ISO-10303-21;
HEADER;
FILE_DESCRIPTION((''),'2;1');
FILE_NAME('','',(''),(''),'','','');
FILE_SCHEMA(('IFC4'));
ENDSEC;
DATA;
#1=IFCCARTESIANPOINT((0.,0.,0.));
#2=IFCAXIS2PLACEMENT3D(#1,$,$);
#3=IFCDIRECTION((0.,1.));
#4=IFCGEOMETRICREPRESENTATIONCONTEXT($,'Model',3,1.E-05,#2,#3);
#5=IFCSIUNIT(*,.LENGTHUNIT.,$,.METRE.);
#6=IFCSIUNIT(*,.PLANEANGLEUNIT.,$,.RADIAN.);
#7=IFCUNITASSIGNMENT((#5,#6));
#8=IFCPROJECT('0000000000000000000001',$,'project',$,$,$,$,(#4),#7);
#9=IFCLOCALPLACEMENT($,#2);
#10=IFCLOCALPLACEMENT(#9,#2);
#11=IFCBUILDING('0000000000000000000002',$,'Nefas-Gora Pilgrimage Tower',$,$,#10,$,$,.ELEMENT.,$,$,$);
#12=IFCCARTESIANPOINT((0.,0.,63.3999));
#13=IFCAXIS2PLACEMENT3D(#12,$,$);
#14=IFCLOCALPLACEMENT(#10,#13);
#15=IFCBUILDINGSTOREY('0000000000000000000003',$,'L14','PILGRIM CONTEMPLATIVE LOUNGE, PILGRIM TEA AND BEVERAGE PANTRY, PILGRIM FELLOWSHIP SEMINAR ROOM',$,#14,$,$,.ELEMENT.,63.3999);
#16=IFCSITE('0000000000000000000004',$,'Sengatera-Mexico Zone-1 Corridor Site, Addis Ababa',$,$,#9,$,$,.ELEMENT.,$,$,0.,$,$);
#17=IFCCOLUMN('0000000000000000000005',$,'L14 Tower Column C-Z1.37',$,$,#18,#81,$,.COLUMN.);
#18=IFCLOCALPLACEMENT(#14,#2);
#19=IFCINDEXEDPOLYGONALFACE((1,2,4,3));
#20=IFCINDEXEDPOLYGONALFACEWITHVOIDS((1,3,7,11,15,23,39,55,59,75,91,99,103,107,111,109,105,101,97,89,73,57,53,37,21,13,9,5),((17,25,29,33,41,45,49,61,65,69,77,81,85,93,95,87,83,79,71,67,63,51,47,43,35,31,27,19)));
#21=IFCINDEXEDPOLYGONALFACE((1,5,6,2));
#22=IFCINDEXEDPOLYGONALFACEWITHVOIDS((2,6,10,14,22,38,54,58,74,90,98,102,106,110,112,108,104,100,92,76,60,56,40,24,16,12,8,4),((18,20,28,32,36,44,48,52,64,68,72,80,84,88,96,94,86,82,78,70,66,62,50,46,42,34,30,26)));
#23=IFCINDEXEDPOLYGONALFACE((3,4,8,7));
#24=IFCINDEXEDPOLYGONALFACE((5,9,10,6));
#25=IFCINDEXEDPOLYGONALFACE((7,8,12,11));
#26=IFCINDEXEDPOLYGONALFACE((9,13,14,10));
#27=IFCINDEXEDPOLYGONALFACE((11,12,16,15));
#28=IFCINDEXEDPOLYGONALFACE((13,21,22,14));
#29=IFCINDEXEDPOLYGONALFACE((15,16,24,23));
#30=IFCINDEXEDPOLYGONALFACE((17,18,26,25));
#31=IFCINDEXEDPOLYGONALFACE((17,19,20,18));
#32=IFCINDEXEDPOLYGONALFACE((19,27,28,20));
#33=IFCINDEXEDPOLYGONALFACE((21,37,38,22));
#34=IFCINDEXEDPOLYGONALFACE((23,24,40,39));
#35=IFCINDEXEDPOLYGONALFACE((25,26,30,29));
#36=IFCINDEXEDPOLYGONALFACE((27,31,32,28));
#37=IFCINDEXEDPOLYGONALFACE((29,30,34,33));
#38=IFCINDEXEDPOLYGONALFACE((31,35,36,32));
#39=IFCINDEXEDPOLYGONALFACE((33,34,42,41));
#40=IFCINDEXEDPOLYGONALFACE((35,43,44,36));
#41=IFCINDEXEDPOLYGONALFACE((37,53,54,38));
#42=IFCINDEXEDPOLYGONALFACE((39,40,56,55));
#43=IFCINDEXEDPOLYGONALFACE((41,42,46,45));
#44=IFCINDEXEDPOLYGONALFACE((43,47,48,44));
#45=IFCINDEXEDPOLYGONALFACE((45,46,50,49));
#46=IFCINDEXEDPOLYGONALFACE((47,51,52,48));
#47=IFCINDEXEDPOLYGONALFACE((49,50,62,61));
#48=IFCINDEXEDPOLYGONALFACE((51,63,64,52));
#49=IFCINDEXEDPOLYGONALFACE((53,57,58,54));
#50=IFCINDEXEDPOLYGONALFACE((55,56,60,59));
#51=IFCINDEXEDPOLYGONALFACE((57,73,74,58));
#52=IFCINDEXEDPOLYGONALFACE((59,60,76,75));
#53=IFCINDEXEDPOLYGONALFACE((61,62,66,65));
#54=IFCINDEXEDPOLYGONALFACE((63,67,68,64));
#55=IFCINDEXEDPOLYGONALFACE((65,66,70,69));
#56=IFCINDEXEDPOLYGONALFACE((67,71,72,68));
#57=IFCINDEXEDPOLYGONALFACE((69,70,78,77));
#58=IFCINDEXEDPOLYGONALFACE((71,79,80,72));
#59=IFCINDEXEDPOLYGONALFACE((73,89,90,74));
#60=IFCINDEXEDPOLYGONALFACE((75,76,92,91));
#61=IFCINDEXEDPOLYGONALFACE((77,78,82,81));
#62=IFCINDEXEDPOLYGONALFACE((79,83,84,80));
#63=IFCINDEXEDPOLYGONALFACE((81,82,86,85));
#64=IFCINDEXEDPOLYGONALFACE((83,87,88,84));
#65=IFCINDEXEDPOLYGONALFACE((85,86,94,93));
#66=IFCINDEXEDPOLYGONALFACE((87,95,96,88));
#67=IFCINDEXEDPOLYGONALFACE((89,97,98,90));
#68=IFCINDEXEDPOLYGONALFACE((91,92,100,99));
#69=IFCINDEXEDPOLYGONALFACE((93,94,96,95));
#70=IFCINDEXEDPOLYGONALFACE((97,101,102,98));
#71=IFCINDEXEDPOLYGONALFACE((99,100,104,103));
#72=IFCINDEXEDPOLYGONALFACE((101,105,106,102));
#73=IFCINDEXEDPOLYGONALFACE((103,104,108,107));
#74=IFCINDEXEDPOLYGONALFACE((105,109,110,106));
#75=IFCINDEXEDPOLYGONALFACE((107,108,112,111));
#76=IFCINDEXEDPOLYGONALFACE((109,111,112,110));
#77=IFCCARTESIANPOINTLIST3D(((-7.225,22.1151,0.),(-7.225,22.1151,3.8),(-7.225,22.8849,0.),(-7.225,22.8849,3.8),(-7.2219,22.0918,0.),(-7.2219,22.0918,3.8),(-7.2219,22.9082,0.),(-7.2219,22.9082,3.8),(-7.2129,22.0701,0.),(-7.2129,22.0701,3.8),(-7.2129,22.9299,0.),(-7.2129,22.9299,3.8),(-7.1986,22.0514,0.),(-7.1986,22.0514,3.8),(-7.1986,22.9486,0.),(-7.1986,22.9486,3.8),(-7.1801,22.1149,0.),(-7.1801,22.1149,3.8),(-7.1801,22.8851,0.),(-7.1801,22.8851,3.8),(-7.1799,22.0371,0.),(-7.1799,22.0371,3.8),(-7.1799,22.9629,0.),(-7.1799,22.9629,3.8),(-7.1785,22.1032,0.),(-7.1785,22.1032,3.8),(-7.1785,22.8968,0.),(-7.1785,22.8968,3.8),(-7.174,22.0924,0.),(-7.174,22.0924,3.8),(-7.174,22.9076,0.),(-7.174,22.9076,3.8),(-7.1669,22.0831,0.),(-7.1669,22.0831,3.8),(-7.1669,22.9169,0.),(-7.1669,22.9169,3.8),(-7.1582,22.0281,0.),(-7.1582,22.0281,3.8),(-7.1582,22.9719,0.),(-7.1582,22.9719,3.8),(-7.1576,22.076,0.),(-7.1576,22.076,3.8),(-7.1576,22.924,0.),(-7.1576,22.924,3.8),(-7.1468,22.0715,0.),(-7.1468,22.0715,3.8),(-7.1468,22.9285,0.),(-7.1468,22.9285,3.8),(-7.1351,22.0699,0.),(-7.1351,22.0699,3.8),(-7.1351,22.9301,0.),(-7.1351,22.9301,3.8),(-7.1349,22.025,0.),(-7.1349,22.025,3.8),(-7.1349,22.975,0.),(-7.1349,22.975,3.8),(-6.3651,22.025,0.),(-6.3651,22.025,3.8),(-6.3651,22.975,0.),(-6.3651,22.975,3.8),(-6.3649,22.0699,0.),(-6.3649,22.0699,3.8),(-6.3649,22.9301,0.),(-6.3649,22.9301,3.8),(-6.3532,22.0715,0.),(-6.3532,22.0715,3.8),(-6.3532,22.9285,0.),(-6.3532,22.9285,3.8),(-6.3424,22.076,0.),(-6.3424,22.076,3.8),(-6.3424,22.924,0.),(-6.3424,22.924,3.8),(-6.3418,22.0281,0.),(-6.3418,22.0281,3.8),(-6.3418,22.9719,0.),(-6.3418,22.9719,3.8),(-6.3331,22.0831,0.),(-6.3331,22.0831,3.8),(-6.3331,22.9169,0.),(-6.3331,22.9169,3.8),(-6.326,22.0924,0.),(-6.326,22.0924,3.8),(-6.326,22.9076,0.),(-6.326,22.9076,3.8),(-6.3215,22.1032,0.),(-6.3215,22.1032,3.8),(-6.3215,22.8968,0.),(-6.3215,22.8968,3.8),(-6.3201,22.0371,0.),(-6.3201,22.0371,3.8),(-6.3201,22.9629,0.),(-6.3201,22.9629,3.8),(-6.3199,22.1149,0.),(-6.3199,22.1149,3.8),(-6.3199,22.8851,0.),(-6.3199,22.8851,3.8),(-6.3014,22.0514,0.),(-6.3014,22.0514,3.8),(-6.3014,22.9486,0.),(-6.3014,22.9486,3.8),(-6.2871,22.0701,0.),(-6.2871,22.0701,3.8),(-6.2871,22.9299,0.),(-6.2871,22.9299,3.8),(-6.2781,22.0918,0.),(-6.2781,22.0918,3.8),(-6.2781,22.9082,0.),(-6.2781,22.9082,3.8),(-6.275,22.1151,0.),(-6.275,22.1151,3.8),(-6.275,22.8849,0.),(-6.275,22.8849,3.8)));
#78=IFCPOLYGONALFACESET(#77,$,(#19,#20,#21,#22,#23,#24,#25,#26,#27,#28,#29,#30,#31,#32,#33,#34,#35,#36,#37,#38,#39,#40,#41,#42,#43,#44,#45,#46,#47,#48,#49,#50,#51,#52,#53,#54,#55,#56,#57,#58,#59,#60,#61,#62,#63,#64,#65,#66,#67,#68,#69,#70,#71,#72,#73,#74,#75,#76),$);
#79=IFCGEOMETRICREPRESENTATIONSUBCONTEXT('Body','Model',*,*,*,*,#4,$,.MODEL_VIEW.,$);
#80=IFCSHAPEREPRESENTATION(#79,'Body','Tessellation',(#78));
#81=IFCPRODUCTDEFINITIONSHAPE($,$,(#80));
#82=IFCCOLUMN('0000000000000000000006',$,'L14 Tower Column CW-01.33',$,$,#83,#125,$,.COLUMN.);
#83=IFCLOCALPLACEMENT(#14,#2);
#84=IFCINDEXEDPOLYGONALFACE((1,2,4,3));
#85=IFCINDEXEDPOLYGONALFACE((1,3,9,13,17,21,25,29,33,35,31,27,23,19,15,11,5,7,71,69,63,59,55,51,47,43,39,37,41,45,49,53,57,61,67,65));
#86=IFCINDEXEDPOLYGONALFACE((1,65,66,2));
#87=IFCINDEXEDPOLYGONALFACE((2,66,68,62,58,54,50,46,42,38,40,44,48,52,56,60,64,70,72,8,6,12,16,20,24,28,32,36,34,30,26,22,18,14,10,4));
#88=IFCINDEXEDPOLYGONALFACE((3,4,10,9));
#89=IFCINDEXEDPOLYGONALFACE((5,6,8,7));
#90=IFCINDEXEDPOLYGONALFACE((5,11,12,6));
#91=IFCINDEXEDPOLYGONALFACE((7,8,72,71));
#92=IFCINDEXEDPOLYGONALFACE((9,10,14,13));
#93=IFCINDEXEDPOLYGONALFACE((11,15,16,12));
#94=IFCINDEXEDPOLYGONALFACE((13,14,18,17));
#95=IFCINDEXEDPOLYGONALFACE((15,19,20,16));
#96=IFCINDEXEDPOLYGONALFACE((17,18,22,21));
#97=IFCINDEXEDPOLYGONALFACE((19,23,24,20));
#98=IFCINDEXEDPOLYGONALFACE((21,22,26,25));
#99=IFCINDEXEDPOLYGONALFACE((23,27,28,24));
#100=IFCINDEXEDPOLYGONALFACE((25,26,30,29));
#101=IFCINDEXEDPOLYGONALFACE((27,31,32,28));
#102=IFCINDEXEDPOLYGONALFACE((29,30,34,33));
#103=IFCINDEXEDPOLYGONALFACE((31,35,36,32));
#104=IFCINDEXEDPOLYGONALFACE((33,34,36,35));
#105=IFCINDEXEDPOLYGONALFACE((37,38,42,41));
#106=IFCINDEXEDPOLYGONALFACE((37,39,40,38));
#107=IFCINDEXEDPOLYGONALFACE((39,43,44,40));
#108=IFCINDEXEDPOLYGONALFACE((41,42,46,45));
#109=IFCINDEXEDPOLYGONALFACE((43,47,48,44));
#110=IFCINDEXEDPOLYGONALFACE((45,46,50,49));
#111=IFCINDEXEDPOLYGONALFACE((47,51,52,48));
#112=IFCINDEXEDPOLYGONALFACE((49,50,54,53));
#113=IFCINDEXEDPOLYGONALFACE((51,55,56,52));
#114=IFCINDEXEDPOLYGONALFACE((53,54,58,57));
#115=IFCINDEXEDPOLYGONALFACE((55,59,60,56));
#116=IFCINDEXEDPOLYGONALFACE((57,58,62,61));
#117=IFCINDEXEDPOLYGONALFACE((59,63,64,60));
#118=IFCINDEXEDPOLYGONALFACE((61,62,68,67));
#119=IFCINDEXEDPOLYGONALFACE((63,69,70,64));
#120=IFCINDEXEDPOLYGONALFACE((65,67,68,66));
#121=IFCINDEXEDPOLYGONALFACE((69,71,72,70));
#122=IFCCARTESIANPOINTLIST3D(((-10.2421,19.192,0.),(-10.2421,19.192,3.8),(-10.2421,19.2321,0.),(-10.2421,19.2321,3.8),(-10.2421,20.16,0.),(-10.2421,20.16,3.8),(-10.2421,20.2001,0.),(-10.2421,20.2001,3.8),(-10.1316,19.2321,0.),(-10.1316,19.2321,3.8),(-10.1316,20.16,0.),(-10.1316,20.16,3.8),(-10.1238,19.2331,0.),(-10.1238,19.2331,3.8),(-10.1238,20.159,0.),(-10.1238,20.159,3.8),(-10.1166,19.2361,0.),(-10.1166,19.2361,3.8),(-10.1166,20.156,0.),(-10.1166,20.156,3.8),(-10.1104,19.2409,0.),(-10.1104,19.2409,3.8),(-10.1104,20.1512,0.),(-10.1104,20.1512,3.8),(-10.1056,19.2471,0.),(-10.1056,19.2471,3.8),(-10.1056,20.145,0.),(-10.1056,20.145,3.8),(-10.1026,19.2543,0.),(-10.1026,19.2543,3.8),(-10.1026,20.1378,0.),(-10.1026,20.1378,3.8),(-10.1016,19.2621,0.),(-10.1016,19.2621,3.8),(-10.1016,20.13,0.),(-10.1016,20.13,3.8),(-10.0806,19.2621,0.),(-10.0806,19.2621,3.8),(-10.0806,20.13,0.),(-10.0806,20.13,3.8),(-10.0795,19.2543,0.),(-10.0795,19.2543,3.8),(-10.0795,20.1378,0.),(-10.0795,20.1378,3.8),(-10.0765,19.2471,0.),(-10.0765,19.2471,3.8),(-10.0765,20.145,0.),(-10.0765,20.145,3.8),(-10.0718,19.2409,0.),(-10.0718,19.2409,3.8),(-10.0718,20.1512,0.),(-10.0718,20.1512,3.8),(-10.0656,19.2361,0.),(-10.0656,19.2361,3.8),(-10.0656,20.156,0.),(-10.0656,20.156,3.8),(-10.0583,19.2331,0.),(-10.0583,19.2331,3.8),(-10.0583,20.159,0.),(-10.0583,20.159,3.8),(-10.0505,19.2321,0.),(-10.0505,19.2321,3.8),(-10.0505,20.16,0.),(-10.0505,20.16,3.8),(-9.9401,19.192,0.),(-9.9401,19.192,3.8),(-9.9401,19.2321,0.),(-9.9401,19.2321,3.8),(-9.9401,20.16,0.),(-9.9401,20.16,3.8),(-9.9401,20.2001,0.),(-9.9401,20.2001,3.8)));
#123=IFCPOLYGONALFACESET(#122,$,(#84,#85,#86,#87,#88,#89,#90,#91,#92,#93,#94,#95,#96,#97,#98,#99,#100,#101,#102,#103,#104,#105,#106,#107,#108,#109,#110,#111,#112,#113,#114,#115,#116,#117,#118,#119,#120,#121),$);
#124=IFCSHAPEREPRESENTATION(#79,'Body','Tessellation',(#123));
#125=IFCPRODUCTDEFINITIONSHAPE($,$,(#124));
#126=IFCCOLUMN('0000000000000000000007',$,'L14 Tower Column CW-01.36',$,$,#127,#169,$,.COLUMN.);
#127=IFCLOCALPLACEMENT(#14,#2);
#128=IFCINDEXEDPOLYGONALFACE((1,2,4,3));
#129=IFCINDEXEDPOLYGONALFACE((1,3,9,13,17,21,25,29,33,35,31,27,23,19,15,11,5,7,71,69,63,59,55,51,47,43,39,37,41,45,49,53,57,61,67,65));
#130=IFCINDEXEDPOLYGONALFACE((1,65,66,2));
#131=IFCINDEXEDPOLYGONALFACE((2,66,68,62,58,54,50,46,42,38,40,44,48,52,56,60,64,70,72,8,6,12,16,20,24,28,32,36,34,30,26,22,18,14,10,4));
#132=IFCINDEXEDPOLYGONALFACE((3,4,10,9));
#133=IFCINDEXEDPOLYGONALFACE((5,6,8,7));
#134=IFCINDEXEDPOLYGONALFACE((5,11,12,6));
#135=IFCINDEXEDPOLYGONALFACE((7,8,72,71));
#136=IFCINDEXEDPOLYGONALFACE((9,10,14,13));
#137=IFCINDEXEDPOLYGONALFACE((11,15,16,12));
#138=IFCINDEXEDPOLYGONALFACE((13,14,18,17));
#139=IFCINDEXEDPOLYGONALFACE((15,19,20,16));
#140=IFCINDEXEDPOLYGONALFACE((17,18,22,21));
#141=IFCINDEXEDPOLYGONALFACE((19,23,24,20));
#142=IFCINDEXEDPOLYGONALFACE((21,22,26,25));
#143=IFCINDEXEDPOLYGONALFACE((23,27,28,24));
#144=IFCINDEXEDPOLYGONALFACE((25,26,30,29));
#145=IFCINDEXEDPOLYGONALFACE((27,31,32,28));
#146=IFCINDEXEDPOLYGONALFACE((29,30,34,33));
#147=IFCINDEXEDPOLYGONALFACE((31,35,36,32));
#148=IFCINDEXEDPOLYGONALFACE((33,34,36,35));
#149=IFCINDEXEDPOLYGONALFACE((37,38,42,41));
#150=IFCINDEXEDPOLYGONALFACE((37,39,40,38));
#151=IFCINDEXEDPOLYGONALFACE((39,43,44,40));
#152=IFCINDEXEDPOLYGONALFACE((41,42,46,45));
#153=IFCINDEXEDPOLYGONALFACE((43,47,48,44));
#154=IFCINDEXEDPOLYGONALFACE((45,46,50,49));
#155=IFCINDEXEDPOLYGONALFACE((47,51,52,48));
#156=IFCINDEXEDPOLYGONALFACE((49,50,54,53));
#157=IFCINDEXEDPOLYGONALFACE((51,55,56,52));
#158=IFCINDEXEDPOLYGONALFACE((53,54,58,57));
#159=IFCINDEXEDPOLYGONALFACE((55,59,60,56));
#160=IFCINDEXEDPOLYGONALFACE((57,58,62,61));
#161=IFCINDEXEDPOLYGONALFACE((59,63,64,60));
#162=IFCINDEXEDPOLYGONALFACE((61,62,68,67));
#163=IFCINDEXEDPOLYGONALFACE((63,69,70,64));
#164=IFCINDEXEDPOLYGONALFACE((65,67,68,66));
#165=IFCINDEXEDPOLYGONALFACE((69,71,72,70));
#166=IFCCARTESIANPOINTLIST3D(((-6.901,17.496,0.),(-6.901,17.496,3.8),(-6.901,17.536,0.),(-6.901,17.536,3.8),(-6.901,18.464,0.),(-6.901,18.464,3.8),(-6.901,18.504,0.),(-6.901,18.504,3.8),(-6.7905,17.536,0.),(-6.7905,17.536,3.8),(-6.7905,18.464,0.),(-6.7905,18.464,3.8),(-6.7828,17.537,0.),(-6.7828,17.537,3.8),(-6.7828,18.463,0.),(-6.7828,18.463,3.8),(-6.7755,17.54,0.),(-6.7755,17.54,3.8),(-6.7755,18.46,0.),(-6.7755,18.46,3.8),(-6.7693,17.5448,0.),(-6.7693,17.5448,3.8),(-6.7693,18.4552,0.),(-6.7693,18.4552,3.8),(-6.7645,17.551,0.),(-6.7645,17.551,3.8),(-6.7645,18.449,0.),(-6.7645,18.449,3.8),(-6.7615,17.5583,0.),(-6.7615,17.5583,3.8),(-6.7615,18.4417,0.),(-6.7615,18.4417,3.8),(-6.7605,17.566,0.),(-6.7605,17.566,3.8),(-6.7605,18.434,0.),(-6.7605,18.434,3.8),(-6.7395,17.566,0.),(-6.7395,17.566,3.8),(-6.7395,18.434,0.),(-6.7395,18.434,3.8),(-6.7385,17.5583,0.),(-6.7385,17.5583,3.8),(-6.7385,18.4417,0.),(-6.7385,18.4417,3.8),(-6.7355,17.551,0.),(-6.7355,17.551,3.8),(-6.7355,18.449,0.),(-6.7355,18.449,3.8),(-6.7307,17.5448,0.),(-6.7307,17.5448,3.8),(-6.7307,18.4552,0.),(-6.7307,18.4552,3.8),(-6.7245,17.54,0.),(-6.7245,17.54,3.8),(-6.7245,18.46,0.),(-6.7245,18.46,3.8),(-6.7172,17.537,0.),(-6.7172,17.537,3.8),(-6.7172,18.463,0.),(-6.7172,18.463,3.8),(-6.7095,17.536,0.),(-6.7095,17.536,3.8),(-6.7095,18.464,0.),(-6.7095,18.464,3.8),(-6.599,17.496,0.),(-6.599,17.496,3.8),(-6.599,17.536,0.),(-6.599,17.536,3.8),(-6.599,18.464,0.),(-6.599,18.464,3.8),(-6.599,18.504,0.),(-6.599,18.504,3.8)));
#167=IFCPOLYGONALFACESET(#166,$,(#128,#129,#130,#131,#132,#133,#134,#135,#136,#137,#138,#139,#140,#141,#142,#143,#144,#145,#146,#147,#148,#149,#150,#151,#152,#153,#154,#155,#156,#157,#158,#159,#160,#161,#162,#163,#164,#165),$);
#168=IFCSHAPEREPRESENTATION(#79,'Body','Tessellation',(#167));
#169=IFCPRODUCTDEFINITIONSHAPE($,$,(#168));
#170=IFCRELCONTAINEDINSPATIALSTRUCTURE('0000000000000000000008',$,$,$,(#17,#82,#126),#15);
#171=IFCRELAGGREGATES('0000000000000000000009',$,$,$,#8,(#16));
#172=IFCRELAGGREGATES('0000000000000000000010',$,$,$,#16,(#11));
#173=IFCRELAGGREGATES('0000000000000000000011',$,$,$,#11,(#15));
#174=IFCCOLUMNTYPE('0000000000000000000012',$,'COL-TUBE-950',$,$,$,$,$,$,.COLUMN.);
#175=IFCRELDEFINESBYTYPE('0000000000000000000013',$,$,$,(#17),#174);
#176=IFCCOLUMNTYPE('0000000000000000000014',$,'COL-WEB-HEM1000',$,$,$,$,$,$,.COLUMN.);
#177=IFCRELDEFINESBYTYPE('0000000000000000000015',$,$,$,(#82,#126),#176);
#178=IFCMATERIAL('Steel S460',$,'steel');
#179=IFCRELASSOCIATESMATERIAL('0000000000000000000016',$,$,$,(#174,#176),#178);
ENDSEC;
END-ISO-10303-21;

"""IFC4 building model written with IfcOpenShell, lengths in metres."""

from ifc_helpers import new_model, si_unit, direction, frame, origin, origin_2d, place, context, subcontext, project, spatial, hollow_rectangle, i_section, extrude, source, transform, mapped, material, material_profile, profile_set, type_object, element, save


model = new_model("IFC4")

# Units and contexts
model_context = context("Model", 3, precision=1e-05, world=origin(), true_north=direction((0.0, 1.0)))
body_context = subcontext(model_context, "Body", "Model", "MODEL_VIEW")
ifc_project = project(units=[si_unit("LENGTHUNIT", "METRE"), si_unit("PLANEANGLEUNIT", "RADIAN")], contexts=[model_context])

# Site, building, storey
site_placement = place(None, origin())
site = spatial("IfcSite", under=ifc_project, at=site_placement, Name="Sengatera-Mexico Zone-1 Corridor Site, Addis Ababa", CompositionType="ELEMENT", RefElevation=0.0)
building_placement = place(site_placement, origin())
building = spatial("IfcBuilding", under=site, at=building_placement, Name="Nefas-Gora Pilgrimage Tower", CompositionType="ELEMENT")
storey_placement = place(building_placement, frame((0.0, 0.0, 63.3999)))
storey = spatial("IfcBuildingStorey", under=building, at=storey_placement, Name="L14", Description="PILGRIM CONTEMPLATIVE LOUNGE, PILGRIM TEA AND BEVERAGE PANTRY, PILGRIM FELLOWSHIP SEMINAR ROOM", CompositionType="ELEMENT", Elevation=63.3999)

# Columns
ifc_material_1 = material(Name="Steel S460", Category="steel")
ifc_material_profile_1 = material_profile(ifc_material_1, hollow_rectangle(XDim=0.95, YDim=0.95, WallThickness=0.0449, InnerFilletRadius=0.0449, OuterFilletRadius=0.0901, at=origin_2d()), Name="BOX 950x950x45")
ifc_profile_set_1 = profile_set([ifc_material_profile_1], Name="Steel S460")
column_type_1 = type_object("IfcColumnType", Name="COL-TUBE-950", PredefinedType="COLUMN", material=ifc_profile_set_1)
shared_shape_1 = source(origin(), body_context, "Body", "SweptSolid", [
    extrude(hollow_rectangle(XDim=0.95, YDim=0.95, WallThickness=0.0449, InnerFilletRadius=0.0449, OuterFilletRadius=0.0901, at=origin_2d()), origin(), (0.0, 0.0, 1.0), 3.8),
])
column_placement = place(storey_placement, frame((-6.75, 22.5, 0.0), z_axis=(0.0, 0.0, 1.0), x_axis=(1.0, 0.0, 0.0)))
element("IfcColumn", 1, at=column_placement, inside=storey, type_object=column_type_1, Name="L14 Tower Column C-Z1.37", PredefinedType="COLUMN", context=body_context, shape_type="MappedRepresentation", body=[
    mapped(shared_shape_1, transform((0.0, 0.0, 0.0), x_axis=(1.0, 0.0, 0.0), y_axis=(0.0, 1.0, 0.0), z_axis=(0.0, 0.0, 1.0), scale=1.0)),
])
ifc_material_profile_2 = material_profile(ifc_material_1, i_section(OverallWidth=0.302, OverallDepth=1.0081, WebThickness=0.021, FlangeThickness=0.04, FilletRadius=0.03, at=origin_2d()), Name="HEM 1000")
ifc_profile_set_2 = profile_set([ifc_material_profile_2], Name="Steel S460")
column_type_2 = type_object("IfcColumnType", Name="COL-WEB-HEM1000", PredefinedType="COLUMN", material=ifc_profile_set_2)
shared_shape_2 = source(origin(), body_context, "Body", "SweptSolid", [
    extrude(i_section(OverallWidth=0.302, OverallDepth=1.0081, WebThickness=0.021, FlangeThickness=0.04, FilletRadius=0.03, at=origin_2d()), origin(), (0.0, 0.0, 1.0), 3.8),
])
for number, where, z_axis, x_axis, name in (
    (2, (-10.0911, 19.696, 0.0), (0.0, 0.0, 1.0), (1.0, 0.0, 0.0), "L14 Tower Column CW-01.33"),
    (3, (-6.75, 18.0, 0.0), (0.0, 0.0, 1.0), (1.0, 0.0, 0.0), "L14 Tower Column CW-01.36"),
):
    element("IfcColumn", number, at=place(storey_placement, frame(where, z_axis=z_axis, x_axis=x_axis)), inside=storey, type_object=column_type_2, Name=name, PredefinedType="COLUMN", context=body_context, shape_type="MappedRepresentation", body=[
        mapped(shared_shape_2, transform((0.0, 0.0, 0.0), x_axis=(1.0, 0.0, 0.0), y_axis=(0.0, 1.0, 0.0), z_axis=(0.0, 0.0, 1.0), scale=1.0)),
    ])

save(model, "model.ifc")
